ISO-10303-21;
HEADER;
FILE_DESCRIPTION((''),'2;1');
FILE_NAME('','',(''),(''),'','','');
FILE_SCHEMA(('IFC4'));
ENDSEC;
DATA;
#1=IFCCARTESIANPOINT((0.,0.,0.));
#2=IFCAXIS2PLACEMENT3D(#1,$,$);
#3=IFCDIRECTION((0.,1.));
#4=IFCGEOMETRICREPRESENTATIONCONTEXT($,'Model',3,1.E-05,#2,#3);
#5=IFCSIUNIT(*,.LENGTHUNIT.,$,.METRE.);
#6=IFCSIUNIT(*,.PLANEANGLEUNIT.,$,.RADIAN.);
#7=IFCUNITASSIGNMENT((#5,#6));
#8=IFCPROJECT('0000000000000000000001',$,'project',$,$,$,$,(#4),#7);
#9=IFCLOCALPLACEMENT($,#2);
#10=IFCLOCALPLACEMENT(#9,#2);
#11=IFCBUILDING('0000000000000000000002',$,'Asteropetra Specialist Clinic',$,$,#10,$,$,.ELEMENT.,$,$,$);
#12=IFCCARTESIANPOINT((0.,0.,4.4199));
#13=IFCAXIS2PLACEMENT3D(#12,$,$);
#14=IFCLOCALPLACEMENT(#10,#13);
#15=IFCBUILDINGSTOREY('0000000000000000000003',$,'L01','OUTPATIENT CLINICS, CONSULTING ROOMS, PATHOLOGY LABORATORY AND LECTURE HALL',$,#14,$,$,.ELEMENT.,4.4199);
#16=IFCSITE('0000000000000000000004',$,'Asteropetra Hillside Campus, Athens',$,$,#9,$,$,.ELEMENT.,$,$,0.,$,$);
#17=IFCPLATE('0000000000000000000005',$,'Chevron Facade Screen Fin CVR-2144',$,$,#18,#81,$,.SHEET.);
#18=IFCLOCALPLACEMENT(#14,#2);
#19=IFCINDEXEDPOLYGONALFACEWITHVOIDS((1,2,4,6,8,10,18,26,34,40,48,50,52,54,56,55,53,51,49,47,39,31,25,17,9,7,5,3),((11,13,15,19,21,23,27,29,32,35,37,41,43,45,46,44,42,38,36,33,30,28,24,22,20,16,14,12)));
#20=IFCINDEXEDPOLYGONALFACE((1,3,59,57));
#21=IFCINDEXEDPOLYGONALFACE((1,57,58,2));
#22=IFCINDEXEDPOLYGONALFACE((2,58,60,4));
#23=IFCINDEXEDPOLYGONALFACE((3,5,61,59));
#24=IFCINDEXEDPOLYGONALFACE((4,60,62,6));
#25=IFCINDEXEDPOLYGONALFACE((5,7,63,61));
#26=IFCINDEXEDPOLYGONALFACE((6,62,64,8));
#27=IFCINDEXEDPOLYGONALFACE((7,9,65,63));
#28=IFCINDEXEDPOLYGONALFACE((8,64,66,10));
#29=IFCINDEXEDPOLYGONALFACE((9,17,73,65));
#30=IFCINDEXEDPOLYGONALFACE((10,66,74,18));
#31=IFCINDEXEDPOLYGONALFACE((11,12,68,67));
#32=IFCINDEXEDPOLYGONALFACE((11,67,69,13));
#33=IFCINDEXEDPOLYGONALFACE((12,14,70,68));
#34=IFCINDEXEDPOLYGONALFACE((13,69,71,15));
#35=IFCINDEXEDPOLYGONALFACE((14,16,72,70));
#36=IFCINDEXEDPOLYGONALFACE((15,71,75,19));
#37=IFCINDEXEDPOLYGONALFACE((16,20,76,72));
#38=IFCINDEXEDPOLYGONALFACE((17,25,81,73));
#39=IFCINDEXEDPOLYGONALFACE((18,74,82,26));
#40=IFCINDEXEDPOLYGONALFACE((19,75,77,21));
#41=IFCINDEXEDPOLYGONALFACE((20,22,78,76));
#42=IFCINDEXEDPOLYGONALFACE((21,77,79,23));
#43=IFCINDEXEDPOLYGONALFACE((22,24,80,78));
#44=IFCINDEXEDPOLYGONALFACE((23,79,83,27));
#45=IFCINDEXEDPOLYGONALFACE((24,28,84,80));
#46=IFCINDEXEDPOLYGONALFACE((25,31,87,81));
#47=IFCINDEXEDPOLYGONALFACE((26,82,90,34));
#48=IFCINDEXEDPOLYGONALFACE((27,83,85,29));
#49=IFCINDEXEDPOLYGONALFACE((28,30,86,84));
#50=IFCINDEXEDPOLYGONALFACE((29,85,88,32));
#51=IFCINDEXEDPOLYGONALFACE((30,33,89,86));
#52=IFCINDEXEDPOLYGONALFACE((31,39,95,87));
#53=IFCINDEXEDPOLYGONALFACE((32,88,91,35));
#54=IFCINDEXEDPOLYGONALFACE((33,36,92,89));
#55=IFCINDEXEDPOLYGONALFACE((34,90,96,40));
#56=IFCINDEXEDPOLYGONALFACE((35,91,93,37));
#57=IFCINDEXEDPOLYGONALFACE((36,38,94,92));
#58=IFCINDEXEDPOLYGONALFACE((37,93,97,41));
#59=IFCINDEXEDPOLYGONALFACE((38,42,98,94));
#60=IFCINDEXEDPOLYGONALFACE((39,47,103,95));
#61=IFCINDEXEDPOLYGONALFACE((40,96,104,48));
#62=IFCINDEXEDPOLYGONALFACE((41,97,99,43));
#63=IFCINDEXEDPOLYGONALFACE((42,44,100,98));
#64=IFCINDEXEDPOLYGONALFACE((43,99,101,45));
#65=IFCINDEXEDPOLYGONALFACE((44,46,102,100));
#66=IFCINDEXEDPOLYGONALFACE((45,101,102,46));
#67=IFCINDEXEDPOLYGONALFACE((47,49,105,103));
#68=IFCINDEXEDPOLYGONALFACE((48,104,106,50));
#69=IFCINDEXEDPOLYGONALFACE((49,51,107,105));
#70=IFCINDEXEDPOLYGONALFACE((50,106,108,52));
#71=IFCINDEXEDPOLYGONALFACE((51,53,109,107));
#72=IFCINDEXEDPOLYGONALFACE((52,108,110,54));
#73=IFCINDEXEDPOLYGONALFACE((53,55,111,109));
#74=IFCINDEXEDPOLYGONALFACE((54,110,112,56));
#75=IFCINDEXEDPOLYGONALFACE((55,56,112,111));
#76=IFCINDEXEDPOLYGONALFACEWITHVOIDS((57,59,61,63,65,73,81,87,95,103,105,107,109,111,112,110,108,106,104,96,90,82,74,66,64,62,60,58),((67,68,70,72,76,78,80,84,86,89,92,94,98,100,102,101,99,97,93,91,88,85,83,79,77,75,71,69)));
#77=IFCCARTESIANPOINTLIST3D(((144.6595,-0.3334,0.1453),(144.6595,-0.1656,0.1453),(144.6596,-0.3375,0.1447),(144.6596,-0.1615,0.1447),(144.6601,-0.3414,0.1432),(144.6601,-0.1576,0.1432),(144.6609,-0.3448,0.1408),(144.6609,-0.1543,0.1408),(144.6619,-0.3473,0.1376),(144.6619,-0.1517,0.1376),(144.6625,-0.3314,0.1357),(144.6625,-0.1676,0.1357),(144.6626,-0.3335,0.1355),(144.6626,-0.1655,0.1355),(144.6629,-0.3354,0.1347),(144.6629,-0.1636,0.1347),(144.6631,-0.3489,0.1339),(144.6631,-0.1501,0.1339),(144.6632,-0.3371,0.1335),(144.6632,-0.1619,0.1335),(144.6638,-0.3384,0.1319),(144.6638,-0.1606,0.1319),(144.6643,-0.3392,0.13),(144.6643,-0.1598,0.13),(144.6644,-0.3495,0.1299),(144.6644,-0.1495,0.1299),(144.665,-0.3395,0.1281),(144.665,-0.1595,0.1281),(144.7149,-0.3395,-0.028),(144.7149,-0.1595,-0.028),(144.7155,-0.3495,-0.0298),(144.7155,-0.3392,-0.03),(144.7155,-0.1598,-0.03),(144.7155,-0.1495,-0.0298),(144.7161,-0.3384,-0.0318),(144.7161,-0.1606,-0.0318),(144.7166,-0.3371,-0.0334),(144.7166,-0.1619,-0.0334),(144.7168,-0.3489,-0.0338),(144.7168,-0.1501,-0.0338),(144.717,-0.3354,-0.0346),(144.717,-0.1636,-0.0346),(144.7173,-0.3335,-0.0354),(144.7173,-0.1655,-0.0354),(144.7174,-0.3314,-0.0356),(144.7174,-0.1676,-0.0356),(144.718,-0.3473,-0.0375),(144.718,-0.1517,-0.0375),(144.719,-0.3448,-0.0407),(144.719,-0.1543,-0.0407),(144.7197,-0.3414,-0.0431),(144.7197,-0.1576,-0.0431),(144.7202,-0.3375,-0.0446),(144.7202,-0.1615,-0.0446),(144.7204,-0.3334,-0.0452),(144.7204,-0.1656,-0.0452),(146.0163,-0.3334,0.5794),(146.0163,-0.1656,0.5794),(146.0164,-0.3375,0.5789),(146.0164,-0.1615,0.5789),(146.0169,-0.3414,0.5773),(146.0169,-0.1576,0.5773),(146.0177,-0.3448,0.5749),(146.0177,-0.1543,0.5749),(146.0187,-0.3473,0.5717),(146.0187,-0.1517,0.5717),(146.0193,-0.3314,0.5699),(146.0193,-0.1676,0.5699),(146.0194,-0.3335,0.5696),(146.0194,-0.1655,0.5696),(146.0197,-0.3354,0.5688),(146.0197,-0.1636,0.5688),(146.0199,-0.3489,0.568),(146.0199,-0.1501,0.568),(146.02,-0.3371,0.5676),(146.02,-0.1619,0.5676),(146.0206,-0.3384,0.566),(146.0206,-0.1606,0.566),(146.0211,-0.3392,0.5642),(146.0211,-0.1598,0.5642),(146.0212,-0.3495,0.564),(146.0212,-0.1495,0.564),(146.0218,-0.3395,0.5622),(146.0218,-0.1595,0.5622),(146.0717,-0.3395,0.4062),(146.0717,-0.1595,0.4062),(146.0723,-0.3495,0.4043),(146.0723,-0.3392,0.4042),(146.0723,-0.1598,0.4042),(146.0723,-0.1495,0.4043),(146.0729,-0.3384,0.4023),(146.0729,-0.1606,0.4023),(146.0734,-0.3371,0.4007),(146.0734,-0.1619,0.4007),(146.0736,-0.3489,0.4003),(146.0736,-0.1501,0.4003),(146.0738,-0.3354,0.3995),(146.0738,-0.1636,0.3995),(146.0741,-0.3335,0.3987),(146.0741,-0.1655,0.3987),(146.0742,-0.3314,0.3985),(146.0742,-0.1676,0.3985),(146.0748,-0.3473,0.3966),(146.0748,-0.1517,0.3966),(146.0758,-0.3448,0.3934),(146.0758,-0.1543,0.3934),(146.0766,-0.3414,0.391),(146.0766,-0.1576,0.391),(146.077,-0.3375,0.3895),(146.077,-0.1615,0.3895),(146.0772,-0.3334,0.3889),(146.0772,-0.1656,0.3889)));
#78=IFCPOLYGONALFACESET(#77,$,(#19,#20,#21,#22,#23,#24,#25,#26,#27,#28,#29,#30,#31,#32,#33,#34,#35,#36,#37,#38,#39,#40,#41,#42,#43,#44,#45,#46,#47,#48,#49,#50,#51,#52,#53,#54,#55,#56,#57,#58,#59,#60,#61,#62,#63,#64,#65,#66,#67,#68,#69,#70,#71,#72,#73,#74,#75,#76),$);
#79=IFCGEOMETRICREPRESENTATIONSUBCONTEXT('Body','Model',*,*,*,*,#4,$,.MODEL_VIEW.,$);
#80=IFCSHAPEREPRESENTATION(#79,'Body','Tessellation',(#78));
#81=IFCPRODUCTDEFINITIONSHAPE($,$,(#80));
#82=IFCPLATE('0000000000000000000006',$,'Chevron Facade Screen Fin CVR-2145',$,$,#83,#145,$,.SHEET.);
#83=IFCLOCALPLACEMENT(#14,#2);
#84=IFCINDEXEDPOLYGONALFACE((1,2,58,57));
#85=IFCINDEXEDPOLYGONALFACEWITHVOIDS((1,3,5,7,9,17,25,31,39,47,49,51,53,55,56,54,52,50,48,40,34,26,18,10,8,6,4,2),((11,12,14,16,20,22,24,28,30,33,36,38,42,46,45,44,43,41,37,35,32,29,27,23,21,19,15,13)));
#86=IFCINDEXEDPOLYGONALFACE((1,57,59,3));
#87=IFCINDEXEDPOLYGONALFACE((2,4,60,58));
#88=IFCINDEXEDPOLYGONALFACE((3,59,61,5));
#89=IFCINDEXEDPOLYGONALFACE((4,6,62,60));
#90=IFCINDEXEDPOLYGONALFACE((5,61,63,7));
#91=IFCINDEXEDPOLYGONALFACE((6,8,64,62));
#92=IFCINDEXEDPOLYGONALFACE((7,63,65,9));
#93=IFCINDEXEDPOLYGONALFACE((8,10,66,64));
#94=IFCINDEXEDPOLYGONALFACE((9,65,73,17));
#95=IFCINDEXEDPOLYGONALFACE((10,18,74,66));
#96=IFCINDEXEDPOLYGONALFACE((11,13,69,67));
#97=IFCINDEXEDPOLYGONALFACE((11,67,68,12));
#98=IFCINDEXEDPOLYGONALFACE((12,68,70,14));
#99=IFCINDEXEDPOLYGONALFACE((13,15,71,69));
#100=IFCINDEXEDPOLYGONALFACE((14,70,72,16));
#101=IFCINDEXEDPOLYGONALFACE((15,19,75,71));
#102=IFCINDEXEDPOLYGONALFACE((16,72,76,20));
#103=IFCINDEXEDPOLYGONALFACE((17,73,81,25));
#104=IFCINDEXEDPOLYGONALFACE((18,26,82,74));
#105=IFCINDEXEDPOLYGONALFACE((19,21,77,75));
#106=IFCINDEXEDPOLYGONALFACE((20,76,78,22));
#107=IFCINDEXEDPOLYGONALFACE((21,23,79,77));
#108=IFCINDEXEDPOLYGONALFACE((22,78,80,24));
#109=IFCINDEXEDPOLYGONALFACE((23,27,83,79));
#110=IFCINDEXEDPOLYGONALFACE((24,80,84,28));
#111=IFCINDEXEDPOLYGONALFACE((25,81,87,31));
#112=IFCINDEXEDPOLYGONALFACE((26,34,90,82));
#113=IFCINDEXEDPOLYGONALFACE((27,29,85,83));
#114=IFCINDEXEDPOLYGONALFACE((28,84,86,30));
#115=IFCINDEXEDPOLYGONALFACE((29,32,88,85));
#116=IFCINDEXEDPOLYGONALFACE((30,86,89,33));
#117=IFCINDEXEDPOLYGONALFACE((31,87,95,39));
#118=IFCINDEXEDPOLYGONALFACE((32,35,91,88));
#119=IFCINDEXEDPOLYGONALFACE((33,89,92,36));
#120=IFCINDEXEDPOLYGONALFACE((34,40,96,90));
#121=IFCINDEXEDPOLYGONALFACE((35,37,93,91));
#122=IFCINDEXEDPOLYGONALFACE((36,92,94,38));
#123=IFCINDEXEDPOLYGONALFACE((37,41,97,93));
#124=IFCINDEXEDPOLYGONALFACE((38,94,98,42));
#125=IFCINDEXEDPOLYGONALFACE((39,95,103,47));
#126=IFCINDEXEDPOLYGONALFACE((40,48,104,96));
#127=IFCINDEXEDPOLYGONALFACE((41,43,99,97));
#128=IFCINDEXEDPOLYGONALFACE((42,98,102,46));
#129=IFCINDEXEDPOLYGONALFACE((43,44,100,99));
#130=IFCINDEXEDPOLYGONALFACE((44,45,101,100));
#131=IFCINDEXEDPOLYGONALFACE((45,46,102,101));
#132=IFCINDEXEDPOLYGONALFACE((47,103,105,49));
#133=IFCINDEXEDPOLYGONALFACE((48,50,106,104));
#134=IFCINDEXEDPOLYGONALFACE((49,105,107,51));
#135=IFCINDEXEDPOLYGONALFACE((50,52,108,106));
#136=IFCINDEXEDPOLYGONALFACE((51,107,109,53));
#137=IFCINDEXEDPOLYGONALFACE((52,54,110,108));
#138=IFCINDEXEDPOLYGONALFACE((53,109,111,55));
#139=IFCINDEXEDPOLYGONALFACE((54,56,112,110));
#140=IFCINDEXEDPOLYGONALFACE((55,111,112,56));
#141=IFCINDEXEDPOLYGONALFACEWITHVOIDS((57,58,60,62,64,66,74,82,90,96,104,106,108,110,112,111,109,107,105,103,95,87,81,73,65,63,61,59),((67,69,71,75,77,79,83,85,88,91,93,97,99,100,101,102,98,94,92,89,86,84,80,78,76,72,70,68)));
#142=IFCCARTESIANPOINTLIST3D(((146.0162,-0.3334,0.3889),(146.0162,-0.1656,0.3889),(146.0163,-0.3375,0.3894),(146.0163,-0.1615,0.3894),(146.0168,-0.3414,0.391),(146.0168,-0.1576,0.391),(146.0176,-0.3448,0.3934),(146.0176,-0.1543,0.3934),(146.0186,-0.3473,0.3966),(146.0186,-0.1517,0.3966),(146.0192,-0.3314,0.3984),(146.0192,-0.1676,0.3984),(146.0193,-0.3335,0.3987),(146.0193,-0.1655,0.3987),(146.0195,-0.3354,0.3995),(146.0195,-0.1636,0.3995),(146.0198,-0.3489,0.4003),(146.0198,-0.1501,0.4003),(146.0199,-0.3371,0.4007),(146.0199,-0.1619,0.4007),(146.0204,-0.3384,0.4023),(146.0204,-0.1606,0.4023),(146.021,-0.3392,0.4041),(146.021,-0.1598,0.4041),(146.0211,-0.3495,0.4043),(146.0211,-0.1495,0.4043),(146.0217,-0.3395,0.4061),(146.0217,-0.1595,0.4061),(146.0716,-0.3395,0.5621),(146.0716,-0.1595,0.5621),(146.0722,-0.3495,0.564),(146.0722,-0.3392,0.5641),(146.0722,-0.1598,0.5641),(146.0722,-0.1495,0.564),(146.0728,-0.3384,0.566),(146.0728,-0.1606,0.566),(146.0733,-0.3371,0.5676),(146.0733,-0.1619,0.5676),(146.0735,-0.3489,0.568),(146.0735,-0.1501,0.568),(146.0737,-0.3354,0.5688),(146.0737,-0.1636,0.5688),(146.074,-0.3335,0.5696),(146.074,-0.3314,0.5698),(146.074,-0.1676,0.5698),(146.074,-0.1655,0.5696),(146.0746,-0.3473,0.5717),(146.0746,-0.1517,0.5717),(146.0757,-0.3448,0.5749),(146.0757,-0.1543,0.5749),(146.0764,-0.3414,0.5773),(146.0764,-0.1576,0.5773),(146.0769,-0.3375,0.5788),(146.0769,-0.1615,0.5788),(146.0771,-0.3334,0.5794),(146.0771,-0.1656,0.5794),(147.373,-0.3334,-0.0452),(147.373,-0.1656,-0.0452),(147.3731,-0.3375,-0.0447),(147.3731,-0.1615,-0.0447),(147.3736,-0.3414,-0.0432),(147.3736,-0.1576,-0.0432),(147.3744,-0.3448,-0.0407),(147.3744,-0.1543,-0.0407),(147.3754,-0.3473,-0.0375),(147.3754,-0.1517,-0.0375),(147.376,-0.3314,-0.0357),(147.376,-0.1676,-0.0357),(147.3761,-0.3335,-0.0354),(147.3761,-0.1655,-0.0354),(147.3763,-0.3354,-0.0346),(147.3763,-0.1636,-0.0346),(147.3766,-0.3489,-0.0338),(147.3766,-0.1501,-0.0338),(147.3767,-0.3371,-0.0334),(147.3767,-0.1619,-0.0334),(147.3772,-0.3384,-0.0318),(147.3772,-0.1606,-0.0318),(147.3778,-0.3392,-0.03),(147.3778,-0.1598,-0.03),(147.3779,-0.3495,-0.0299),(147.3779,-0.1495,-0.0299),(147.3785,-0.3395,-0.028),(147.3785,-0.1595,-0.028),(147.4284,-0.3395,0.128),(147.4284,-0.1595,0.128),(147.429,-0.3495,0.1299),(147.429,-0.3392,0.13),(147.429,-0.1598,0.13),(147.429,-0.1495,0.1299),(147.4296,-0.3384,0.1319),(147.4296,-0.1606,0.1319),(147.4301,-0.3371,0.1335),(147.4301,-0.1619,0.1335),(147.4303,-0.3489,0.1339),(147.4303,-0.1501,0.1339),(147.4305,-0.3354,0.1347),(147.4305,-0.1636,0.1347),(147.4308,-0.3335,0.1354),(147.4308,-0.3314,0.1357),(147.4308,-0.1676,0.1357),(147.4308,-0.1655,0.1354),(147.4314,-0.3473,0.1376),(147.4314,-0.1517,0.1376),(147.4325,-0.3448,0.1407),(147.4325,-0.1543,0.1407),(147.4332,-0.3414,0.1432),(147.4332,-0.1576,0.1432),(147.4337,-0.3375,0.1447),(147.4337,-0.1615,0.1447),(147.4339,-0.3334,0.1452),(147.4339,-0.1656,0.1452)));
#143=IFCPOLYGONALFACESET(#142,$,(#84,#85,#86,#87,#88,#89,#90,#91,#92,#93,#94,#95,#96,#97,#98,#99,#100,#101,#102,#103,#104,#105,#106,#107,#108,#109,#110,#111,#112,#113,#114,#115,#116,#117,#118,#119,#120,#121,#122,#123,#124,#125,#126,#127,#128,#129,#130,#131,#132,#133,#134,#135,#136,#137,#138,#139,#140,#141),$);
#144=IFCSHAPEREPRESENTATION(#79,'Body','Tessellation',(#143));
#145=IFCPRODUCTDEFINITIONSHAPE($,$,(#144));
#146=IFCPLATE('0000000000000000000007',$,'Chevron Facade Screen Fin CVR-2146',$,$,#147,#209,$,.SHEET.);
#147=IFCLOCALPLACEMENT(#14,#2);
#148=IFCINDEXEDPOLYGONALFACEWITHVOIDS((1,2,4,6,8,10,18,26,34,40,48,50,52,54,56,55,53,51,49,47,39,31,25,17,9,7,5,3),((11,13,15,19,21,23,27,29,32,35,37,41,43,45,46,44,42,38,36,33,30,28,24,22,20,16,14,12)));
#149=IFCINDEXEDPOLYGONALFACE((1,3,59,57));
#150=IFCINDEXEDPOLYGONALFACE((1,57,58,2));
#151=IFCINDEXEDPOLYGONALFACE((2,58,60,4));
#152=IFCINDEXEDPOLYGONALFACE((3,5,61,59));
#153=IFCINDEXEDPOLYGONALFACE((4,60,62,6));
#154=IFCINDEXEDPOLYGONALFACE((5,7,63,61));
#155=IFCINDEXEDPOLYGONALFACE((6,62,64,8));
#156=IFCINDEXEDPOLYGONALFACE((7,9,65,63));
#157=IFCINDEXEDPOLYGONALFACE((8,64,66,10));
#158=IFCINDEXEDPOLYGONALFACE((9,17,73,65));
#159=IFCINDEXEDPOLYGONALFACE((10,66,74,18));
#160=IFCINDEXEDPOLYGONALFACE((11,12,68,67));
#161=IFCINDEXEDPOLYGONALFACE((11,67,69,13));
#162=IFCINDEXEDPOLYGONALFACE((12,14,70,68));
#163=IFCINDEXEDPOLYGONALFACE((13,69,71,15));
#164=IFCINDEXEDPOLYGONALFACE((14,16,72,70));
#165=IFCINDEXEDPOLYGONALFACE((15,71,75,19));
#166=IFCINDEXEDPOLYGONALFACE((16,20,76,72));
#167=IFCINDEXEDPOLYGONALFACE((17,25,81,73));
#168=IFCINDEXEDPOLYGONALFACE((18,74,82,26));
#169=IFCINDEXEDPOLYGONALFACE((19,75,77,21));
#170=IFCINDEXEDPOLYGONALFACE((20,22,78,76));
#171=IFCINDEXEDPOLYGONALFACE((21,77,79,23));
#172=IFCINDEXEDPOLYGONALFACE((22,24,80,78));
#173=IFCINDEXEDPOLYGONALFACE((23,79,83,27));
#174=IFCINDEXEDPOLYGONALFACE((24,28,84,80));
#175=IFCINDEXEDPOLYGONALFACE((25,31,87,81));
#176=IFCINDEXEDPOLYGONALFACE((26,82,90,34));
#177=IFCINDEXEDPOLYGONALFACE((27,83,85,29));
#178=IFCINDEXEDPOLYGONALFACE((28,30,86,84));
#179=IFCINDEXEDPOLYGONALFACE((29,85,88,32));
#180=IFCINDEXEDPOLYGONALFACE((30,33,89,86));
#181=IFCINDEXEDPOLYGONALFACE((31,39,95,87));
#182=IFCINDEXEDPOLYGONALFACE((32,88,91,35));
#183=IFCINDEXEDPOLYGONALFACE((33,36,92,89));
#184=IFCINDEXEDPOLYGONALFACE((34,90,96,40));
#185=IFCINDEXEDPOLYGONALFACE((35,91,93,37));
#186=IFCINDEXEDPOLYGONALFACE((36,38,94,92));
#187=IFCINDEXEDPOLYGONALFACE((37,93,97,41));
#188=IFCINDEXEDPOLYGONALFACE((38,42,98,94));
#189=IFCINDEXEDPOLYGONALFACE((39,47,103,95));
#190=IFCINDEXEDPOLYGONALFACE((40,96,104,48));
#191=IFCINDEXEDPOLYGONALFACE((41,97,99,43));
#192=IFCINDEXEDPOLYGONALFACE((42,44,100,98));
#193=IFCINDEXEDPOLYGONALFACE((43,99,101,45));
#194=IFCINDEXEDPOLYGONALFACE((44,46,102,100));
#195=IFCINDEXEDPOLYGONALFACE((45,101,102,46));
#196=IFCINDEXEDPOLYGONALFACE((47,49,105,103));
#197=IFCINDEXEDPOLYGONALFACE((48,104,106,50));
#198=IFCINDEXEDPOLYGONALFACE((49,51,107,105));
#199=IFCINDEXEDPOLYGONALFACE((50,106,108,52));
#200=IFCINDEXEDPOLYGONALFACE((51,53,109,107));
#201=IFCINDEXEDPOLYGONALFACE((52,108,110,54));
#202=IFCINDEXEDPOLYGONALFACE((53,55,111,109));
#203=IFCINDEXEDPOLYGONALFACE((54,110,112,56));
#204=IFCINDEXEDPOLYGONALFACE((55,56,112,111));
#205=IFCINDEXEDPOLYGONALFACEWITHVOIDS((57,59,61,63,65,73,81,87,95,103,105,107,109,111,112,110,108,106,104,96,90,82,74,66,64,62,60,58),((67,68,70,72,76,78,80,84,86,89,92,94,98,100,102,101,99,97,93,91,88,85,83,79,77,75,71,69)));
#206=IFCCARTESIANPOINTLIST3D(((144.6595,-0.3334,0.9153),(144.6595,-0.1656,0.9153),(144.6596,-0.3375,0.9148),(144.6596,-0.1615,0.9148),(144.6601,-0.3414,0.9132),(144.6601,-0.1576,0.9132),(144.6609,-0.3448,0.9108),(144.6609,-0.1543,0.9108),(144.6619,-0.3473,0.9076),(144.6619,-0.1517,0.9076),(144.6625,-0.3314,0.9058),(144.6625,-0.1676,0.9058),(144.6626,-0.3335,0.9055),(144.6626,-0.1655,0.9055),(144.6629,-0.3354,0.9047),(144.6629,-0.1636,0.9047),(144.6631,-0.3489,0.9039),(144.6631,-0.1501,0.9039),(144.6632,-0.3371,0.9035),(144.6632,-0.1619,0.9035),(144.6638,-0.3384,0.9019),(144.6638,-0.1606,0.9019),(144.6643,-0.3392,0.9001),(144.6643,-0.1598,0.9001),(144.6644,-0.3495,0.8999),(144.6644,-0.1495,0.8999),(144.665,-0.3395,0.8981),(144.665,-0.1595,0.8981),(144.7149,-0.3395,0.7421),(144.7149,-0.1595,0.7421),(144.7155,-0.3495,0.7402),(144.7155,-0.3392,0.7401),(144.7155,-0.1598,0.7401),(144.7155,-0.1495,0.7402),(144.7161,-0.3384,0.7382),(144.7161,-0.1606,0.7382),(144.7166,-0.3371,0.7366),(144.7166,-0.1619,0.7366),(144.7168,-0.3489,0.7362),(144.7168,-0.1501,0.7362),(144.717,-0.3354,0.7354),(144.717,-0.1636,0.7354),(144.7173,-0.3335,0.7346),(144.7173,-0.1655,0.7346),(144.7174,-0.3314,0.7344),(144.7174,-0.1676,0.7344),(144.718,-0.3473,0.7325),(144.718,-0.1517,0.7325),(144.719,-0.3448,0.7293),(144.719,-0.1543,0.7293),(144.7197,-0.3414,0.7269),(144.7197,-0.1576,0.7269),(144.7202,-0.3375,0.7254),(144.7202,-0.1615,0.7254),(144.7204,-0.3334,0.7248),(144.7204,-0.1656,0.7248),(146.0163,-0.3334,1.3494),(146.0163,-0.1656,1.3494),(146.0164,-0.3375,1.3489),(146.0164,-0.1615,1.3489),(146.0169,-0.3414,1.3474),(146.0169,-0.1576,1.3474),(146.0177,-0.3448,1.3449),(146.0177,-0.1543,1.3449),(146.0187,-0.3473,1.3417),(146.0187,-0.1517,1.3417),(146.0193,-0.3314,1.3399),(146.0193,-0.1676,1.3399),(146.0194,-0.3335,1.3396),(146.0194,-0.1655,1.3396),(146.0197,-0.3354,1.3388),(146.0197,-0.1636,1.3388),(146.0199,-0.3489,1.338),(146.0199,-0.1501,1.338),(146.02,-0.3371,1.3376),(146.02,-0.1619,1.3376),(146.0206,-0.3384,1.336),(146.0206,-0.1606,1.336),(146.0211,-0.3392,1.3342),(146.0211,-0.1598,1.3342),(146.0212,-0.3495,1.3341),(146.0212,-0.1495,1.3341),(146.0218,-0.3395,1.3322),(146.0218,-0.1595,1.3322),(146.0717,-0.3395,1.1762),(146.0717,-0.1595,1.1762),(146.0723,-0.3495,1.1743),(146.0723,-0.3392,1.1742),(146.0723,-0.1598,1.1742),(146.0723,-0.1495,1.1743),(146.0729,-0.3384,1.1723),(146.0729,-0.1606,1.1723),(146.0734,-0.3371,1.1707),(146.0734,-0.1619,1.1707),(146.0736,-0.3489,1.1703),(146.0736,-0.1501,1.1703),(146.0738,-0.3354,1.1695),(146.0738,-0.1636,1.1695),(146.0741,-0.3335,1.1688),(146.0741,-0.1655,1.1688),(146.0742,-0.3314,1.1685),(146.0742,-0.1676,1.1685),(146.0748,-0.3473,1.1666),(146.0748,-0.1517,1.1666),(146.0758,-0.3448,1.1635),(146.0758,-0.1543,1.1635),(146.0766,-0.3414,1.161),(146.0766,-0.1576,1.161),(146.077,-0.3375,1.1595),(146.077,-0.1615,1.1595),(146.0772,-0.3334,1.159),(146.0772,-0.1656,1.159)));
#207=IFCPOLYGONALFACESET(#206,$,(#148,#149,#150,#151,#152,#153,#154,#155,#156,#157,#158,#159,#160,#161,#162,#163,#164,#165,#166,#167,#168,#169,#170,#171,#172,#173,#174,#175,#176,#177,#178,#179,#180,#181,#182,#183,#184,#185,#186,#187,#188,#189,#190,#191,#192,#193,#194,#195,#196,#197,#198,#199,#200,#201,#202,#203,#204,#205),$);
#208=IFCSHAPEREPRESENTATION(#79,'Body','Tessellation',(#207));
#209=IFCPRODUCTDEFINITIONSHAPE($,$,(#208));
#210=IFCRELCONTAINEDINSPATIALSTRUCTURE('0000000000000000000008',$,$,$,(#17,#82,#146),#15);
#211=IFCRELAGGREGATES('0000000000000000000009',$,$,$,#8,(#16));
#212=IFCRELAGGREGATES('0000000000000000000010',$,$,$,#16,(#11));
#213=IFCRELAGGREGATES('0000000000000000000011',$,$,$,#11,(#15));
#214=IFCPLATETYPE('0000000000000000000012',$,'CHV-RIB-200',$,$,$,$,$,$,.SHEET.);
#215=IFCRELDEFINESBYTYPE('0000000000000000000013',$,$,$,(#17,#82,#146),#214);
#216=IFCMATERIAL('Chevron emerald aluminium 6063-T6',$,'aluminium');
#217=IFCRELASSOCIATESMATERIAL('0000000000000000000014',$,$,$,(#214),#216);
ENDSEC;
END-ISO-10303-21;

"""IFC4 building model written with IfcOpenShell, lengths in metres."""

from ifc_helpers import new_model, si_unit, direction, frame, origin, origin_2d, place, context, subcontext, project, spatial, hollow_rectangle, extrude, material, material_profile, profile_set, type_object, element, save


model = new_model("IFC4")

# Units and contexts
model_context = context("Model", 3, precision=1e-05, world=origin(), true_north=direction((0.0, 1.0)))
body_context = subcontext(model_context, "Body", "Model", "MODEL_VIEW")
ifc_project = project(units=[si_unit("LENGTHUNIT", "METRE"), si_unit("PLANEANGLEUNIT", "RADIAN")], contexts=[model_context])

# Site, building, storey
site_placement = place(None, origin())
site = spatial("IfcSite", under=ifc_project, at=site_placement, Name="Asteropetra Hillside Campus, Athens", CompositionType="ELEMENT", RefElevation=0.0)
building_placement = place(site_placement, origin())
building = spatial("IfcBuilding", under=site, at=building_placement, Name="Asteropetra Specialist Clinic", CompositionType="ELEMENT")
storey_placement = place(building_placement, frame((0.0, 0.0, 4.4199)))
storey = spatial("IfcBuildingStorey", under=building, at=storey_placement, Name="L01", Description="OUTPATIENT CLINICS, CONSULTING ROOMS, PATHOLOGY LABORATORY AND LECTURE HALL", CompositionType="ELEMENT", Elevation=4.4199)

# Plates
ifc_material_1 = material(Name="Chevron emerald aluminium 6063-T6", Category="aluminium")
ifc_material_profile_1 = material_profile(ifc_material_1, hollow_rectangle(XDim=0.2, YDim=0.2, WallThickness=0.01, InnerFilletRadius=0.0081, OuterFilletRadius=0.0161, at=origin_2d()), Name="SHS 200x200x10.0")
ifc_profile_set_1 = profile_set([ifc_material_profile_1], Name="Chevron emerald aluminium 6063-T6")
plate_type = type_object("IfcPlateType", Name="CHV-RIB-200", PredefinedType="SHEET", material=ifc_profile_set_1)
for number, where, z_axis, x_axis, name in (
    (1, (144.6899, -0.2495, 0.05), (0.952436, 0.0, 0.304738), (0.0, 1.0, 0.0), "Chevron Facade Screen Fin CVR-2144"),
    (2, (146.0466, -0.2495, 0.4841), (0.952436, 0.0, -0.304738), (0.0, 1.0, 0.0), "Chevron Facade Screen Fin CVR-2145"),
    (3, (144.6899, -0.2495, 0.8201), (0.952436, 0.0, 0.304738), (0.0, 1.0, 0.0), "Chevron Facade Screen Fin CVR-2146"),
):
    element("IfcPlate", number, at=place(storey_placement, frame(where, z_axis=z_axis, x_axis=x_axis)), inside=storey, type_object=plate_type, Name=name, PredefinedType="SHEET", context=body_context, shape_type="SweptSolid", body=[
        extrude(hollow_rectangle(XDim=0.2, YDim=0.2, WallThickness=0.01, InnerFilletRadius=0.0081, OuterFilletRadius=0.0161, at=origin_2d()), origin(), (0.0, 0.0, 1.0), 1.4246),
    ])

save(model, "model.ifc")
